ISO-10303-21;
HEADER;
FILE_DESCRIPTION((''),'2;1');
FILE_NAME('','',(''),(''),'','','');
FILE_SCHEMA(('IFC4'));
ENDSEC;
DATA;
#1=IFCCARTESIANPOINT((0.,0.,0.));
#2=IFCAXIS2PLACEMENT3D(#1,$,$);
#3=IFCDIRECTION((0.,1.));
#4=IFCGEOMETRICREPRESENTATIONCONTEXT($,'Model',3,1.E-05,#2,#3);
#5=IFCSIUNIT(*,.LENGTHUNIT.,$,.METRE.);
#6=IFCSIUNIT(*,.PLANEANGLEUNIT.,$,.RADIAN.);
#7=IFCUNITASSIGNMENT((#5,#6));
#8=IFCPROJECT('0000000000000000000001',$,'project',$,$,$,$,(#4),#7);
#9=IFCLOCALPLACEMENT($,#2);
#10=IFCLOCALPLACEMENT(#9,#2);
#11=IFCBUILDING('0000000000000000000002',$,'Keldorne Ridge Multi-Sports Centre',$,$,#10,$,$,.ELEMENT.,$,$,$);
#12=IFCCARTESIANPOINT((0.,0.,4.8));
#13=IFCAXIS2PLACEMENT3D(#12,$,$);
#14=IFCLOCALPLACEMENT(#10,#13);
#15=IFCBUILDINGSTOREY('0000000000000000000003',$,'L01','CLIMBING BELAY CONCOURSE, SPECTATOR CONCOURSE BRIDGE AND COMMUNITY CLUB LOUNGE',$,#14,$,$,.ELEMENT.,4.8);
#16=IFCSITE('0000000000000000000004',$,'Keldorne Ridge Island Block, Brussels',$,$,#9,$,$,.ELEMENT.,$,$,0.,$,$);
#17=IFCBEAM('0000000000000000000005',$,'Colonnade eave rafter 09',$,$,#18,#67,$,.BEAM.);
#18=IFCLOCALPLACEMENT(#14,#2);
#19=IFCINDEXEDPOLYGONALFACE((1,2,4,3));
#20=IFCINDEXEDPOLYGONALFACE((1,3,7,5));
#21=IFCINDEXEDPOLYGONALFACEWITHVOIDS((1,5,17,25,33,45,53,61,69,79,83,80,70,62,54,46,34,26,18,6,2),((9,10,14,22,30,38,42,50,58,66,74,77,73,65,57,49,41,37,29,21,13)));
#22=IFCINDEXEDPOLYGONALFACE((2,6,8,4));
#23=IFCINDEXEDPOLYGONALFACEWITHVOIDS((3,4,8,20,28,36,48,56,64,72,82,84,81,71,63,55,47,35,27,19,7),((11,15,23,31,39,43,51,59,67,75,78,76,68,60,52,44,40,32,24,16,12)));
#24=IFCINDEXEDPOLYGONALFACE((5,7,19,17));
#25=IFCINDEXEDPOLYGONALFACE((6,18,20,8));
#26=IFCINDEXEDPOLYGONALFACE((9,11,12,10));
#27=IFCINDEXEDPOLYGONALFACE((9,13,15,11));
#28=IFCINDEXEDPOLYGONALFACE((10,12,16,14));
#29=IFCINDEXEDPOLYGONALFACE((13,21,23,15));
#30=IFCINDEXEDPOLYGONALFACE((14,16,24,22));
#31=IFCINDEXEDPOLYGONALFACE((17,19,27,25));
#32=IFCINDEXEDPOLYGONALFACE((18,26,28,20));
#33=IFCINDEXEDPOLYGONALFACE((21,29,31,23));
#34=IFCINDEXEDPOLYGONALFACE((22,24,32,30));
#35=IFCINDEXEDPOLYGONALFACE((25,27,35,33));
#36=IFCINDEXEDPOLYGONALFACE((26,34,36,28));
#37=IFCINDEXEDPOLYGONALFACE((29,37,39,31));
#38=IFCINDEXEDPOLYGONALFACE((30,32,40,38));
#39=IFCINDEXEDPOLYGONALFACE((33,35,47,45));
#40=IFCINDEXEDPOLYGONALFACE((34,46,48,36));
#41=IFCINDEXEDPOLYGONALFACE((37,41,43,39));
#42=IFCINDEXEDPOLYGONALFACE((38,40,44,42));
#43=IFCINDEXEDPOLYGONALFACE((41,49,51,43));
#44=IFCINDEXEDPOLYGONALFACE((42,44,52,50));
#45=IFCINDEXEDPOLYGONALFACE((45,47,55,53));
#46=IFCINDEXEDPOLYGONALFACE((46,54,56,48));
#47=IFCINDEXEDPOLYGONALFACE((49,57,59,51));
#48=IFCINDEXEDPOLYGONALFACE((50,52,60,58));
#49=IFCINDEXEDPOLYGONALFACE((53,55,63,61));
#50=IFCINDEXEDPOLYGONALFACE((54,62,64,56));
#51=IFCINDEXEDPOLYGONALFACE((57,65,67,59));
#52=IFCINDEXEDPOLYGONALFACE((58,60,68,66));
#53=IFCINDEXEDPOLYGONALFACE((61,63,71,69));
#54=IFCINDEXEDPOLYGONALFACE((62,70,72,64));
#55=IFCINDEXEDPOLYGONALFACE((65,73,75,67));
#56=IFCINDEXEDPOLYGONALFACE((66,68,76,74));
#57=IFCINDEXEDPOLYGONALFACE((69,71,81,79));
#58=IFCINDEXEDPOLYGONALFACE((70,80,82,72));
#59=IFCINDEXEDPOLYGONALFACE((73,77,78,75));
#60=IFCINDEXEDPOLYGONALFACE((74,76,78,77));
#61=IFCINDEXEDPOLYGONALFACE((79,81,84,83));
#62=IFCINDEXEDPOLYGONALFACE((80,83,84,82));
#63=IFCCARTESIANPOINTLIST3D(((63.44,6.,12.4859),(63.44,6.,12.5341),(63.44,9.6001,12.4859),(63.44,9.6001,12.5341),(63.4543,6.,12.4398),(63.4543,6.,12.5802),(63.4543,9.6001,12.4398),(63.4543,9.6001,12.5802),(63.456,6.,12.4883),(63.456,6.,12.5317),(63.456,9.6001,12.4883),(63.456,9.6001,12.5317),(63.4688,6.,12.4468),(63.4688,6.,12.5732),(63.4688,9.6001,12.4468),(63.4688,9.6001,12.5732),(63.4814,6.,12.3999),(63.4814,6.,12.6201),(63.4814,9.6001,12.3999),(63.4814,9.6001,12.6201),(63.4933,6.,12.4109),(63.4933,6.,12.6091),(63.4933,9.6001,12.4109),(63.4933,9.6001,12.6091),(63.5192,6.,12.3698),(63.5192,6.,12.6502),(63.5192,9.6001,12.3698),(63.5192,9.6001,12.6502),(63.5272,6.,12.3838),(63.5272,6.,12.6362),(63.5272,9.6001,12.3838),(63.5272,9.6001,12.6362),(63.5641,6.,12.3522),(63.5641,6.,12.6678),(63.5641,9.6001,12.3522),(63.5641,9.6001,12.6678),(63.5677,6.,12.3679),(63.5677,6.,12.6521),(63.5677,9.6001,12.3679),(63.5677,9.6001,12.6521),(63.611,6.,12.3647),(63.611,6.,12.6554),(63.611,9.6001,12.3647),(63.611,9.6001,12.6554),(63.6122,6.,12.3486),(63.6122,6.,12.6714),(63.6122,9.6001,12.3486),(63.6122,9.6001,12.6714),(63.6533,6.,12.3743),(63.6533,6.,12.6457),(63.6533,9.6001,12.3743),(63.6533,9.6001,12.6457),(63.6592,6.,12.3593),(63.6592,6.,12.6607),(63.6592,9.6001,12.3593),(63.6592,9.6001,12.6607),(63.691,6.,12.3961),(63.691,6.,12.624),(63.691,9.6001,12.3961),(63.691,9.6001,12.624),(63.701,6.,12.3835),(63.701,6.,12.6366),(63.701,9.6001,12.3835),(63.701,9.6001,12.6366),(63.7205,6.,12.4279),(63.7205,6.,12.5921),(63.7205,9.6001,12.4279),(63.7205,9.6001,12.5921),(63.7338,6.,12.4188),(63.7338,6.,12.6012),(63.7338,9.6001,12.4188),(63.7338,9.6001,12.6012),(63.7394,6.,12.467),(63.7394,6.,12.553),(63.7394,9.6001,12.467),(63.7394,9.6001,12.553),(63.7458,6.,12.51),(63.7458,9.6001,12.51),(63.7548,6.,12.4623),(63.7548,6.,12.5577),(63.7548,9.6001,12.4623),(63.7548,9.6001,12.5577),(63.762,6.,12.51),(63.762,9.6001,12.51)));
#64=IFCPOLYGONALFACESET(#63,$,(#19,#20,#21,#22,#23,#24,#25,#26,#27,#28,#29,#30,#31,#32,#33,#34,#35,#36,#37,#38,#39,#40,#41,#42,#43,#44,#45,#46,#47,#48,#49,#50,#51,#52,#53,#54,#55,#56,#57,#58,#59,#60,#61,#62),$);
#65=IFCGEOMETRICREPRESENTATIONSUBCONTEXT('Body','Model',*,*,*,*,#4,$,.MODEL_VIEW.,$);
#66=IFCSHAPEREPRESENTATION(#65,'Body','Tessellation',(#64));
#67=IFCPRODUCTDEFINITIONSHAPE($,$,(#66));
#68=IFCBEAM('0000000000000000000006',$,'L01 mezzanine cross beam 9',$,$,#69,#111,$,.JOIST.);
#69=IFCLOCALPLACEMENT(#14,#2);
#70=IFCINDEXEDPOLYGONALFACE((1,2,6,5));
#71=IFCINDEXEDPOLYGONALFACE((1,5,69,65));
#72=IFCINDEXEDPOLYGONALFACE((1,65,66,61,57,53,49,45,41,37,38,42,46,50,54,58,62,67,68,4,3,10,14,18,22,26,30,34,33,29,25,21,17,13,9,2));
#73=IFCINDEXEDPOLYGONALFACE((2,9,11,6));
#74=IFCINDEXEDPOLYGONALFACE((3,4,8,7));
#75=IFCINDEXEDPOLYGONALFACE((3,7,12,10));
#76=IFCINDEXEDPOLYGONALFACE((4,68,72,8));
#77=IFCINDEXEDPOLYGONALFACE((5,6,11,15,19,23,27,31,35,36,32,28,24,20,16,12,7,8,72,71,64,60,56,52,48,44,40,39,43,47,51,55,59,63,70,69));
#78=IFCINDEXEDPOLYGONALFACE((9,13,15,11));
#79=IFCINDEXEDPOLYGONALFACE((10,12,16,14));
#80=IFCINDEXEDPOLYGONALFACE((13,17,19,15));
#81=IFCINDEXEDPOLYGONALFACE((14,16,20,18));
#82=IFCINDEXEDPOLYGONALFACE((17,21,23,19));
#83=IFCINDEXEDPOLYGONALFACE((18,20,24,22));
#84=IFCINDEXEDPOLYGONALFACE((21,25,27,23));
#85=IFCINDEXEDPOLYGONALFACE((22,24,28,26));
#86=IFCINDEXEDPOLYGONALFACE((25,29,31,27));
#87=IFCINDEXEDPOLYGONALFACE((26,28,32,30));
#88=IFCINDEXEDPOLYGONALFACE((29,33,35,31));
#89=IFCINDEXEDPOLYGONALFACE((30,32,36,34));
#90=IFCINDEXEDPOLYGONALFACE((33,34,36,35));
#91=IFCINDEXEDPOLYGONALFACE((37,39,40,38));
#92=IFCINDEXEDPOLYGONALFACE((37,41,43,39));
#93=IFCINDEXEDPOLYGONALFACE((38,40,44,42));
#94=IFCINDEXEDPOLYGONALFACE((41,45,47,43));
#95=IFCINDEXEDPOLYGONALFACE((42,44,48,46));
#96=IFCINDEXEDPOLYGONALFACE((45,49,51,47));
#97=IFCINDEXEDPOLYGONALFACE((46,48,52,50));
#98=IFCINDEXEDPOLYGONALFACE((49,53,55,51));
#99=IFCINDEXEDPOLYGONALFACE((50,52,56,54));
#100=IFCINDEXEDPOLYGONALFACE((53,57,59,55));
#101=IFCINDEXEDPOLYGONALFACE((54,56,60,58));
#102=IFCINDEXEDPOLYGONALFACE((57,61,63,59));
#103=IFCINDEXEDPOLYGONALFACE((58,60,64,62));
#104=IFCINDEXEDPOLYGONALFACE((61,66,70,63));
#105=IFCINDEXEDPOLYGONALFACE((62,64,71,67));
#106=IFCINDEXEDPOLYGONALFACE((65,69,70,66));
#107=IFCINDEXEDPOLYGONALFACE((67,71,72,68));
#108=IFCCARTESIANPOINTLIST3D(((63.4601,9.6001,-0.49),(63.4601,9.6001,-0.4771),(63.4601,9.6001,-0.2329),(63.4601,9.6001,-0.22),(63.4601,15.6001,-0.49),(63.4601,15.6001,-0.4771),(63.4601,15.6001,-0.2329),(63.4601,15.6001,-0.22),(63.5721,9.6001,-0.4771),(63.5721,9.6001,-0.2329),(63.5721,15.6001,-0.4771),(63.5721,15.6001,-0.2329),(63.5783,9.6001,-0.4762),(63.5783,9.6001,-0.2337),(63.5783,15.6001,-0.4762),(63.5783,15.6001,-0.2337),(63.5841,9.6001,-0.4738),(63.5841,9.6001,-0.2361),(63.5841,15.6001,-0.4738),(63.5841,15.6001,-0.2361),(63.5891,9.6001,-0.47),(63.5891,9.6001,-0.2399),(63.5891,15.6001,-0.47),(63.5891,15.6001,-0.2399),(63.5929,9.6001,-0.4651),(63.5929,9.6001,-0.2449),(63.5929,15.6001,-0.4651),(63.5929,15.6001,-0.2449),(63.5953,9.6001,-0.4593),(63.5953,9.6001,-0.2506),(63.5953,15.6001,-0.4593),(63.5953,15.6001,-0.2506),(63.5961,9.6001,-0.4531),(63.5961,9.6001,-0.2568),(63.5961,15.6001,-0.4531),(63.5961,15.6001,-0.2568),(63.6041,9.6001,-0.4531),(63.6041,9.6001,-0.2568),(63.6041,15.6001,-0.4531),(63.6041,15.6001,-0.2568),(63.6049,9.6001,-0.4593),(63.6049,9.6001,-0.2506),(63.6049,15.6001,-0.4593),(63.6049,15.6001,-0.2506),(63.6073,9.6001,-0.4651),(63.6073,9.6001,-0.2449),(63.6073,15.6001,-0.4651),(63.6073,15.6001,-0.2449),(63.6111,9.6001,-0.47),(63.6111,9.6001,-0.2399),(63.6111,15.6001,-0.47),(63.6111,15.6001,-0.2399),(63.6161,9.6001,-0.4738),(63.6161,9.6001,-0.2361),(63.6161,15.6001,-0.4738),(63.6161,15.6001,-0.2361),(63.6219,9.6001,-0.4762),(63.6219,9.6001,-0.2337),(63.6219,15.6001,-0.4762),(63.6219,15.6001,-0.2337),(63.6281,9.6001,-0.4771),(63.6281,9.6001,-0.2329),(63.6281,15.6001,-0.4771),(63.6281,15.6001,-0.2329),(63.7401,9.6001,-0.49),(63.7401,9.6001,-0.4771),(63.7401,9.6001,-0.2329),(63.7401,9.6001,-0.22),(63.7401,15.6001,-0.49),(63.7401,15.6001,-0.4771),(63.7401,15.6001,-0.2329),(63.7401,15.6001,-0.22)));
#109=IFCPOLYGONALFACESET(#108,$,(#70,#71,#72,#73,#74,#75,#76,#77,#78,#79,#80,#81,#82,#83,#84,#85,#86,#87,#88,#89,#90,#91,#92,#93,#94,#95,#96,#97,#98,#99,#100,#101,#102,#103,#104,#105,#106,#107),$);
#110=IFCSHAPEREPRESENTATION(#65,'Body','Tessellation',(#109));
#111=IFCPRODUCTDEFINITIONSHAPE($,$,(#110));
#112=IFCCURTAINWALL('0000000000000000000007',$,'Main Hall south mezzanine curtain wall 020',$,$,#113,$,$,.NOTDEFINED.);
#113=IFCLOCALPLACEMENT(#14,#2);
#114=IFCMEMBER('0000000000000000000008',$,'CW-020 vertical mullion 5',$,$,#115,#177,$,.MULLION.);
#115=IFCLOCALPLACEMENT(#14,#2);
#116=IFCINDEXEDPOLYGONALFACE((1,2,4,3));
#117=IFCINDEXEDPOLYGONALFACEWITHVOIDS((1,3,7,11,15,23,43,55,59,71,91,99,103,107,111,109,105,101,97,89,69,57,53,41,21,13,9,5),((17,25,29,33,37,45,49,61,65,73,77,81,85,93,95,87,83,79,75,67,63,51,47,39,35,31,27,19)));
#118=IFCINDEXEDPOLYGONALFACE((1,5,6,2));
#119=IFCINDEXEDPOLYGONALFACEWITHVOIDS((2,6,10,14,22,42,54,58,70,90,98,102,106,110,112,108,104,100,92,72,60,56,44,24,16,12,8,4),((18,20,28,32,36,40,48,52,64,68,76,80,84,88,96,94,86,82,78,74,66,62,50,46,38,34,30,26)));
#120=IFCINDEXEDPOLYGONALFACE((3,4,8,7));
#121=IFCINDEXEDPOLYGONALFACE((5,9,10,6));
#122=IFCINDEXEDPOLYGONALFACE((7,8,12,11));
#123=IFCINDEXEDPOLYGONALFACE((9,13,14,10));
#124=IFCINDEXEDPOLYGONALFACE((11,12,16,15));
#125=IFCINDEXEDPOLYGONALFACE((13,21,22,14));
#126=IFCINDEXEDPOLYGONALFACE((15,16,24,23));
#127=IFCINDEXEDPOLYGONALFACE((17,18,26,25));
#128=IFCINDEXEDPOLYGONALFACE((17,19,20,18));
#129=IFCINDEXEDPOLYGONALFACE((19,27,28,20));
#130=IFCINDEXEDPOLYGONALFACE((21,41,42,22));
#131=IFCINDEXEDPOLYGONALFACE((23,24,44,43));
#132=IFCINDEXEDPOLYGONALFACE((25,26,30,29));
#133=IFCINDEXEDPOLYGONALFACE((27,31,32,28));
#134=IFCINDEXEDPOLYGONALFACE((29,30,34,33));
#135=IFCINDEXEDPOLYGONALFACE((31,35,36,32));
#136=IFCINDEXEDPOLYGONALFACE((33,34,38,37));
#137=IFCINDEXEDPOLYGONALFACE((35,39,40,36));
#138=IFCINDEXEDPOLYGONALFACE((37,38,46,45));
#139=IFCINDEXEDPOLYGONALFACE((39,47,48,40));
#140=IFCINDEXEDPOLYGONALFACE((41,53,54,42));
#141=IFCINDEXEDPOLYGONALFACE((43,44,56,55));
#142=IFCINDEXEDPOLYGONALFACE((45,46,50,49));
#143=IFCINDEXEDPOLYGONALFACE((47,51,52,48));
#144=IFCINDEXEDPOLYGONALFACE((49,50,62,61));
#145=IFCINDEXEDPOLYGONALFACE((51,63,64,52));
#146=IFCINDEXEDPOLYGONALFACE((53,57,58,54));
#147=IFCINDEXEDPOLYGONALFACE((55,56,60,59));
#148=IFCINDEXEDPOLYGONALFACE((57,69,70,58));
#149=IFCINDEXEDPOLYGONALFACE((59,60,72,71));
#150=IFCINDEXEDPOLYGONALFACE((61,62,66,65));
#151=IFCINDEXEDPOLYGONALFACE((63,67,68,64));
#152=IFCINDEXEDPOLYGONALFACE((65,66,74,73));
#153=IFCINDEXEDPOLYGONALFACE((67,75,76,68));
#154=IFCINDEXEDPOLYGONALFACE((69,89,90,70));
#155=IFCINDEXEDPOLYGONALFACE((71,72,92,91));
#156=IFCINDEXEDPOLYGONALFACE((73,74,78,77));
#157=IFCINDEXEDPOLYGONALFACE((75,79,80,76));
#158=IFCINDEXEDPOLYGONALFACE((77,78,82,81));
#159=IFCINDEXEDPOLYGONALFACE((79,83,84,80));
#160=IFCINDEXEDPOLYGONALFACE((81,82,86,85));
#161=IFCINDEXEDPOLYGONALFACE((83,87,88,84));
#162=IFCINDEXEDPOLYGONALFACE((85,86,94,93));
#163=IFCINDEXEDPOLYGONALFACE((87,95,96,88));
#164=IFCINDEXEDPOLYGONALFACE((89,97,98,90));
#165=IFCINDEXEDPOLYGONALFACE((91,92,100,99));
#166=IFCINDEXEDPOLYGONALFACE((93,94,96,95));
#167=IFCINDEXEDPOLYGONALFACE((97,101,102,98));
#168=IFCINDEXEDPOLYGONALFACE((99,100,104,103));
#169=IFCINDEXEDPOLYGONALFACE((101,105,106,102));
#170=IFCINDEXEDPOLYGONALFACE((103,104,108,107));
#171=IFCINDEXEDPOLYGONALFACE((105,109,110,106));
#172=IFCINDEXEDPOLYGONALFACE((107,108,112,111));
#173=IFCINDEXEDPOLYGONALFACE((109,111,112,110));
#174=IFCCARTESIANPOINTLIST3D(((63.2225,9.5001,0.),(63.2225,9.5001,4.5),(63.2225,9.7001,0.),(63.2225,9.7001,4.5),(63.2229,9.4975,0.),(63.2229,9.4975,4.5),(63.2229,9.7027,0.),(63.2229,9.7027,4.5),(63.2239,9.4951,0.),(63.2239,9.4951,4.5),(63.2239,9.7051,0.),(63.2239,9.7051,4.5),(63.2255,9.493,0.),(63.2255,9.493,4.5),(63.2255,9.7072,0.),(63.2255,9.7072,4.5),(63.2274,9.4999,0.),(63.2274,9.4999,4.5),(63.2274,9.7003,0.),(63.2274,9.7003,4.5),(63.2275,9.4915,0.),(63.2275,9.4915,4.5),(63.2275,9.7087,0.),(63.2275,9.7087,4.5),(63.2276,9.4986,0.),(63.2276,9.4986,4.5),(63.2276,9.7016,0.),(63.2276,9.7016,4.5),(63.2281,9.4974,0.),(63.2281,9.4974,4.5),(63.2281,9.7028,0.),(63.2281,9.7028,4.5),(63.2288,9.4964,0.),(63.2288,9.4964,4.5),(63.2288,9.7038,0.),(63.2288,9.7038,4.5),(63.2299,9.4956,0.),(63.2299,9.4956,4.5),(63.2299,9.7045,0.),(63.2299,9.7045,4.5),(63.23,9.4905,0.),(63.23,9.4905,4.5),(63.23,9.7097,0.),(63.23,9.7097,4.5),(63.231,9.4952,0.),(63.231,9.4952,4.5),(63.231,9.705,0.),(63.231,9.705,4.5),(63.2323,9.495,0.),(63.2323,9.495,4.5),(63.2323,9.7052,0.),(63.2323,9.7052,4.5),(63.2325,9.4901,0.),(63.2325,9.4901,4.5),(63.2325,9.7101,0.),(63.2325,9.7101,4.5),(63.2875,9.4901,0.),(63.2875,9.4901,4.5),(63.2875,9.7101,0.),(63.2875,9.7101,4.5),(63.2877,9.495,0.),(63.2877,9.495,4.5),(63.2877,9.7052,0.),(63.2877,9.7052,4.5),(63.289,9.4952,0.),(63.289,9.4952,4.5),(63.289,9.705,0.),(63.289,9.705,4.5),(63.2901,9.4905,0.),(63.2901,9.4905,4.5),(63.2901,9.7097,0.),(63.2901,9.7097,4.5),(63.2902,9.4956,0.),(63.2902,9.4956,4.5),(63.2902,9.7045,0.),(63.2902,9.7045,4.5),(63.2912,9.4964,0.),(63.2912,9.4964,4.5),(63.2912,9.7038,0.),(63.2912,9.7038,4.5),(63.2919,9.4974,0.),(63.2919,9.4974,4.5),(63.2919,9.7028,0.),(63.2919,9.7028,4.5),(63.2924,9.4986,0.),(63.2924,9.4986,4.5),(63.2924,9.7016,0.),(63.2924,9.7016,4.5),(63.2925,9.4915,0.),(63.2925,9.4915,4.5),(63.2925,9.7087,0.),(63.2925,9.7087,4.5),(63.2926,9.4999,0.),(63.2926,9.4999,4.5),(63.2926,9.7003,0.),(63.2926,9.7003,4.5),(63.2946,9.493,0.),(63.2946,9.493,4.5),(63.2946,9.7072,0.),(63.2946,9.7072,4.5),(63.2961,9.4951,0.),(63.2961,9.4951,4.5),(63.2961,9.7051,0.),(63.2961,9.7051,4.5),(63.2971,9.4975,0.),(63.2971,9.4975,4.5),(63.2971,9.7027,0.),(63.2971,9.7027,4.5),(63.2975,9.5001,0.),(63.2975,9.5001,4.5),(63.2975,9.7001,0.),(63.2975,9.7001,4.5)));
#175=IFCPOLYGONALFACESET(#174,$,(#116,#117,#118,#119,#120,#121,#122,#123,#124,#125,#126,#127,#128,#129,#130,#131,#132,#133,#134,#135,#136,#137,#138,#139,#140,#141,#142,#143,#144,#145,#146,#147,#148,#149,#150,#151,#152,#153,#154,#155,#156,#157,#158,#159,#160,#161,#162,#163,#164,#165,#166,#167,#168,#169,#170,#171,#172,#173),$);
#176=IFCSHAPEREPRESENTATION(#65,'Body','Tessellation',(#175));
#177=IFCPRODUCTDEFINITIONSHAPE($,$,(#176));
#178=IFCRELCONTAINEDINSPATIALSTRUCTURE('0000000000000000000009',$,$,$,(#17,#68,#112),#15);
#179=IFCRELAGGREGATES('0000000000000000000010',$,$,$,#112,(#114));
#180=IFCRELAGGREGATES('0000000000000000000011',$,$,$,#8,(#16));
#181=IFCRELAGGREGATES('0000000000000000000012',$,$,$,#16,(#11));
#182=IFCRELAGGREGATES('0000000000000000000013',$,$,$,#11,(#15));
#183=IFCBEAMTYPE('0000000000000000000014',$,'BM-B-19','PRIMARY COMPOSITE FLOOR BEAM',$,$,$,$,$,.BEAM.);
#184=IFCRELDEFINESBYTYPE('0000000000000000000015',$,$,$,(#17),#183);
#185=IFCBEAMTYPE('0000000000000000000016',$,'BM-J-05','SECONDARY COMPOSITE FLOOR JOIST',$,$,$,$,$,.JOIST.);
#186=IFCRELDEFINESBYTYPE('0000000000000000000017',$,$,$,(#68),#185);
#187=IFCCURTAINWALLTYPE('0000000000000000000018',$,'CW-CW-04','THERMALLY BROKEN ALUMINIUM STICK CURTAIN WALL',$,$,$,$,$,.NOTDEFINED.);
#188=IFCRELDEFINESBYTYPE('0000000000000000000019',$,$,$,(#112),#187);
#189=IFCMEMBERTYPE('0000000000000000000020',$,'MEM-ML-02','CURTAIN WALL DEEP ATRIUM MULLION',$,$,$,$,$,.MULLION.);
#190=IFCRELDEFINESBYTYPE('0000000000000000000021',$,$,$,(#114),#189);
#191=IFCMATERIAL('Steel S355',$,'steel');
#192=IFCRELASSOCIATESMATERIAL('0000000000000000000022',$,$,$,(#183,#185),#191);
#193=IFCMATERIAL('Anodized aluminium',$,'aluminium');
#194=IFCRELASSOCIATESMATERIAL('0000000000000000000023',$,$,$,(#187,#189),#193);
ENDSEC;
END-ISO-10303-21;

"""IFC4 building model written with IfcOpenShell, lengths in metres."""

from ifc_helpers import new_model, si_unit, direction, frame, origin, origin_2d, place, context, subcontext, project, spatial, hollow_rectangle, hollow_circle, i_section, extrude, material, material_profile, profile_set, type_object, element, aggregate, save


model = new_model("IFC4")

# Units and contexts
model_context = context("Model", 3, precision=1e-05, world=origin(), true_north=direction((0.0, 1.0)))
body_context = subcontext(model_context, "Body", "Model", "MODEL_VIEW")
ifc_project = project(units=[si_unit("LENGTHUNIT", "METRE"), si_unit("PLANEANGLEUNIT", "RADIAN")], contexts=[model_context])

# Site, building, storey
site_placement = place(None, origin())
site = spatial("IfcSite", under=ifc_project, at=site_placement, Name="Keldorne Ridge Island Block, Brussels", CompositionType="ELEMENT", RefElevation=0.0)
building_placement = place(site_placement, origin())
building = spatial("IfcBuilding", under=site, at=building_placement, Name="Keldorne Ridge Multi-Sports Centre", CompositionType="ELEMENT")
storey_placement = place(building_placement, frame((0.0, 0.0, 4.8)))
storey = spatial("IfcBuildingStorey", under=building, at=storey_placement, Name="L01", Description="CLIMBING BELAY CONCOURSE, SPECTATOR CONCOURSE BRIDGE AND COMMUNITY CLUB LOUNGE", CompositionType="ELEMENT", Elevation=4.8)

# Shared definitions
ifc_material_1 = material(Name="Steel S355", Category="steel")

# Beams
ifc_material_profile_1 = material_profile(ifc_material_1, hollow_circle(Radius=0.1619, WallThickness=0.0161, at=origin_2d()), Name="CHS 323.9x16")
ifc_profile_set_1 = profile_set([ifc_material_profile_1], Name="Steel S355")
beam_type_1 = type_object("IfcBeamType", Name="BM-B-19", Description="PRIMARY COMPOSITE FLOOR BEAM", PredefinedType="BEAM", material=ifc_profile_set_1)
beam_1_placement = place(storey_placement, frame((63.6001, 9.6001, 12.51), z_axis=(0.0, -1.0, 0.0), x_axis=(1.0, 0.0, 0.0)))
element("IfcBeam", 1, at=beam_1_placement, inside=storey, type_object=beam_type_1, Name="Colonnade eave rafter 09", PredefinedType="BEAM", context=body_context, shape_type="SweptSolid", body=[
    extrude(hollow_circle(Radius=0.1619, WallThickness=0.0161, at=origin_2d()), origin(), (0.0, 0.0, 1.0), 3.6001),
])
ifc_material_profile_2 = material_profile(ifc_material_1, i_section(OverallWidth=0.28, OverallDepth=0.27, WebThickness=0.0081, FlangeThickness=0.0129, FilletRadius=0.0239, at=origin_2d()), Name="HEA 280")
ifc_profile_set_2 = profile_set([ifc_material_profile_2], Name="Steel S355")
beam_type_2 = type_object("IfcBeamType", Name="BM-J-05", Description="SECONDARY COMPOSITE FLOOR JOIST", PredefinedType="JOIST", material=ifc_profile_set_2)
beam_2_placement = place(storey_placement, frame((63.6001, 9.6001, -0.355), z_axis=(0.0, 1.0, 0.0), x_axis=(-1.0, 0.0, 0.0)))
element("IfcBeam", 2, at=beam_2_placement, inside=storey, type_object=beam_type_2, Name="L01 mezzanine cross beam 9", PredefinedType="JOIST", context=body_context, shape_type="SweptSolid", body=[
    extrude(i_section(OverallWidth=0.28, OverallDepth=0.27, WebThickness=0.0081, FlangeThickness=0.0129, FilletRadius=0.0239, at=origin_2d()), origin(), (0.0, 0.0, 1.0), 6.0),
])

# Curtain wall, member
ifc_material_2 = material(Name="Anodized aluminium", Category="aluminium")
curtain_wall_type_1 = type_object("IfcCurtainWallType", Name="CW-CW-04", Description="THERMALLY BROKEN ALUMINIUM STICK CURTAIN WALL", PredefinedType="NOTDEFINED", material=ifc_material_2)
curtain_wall_1_placement = place(storey_placement, origin())
curtain_wall_1 = element("IfcCurtainWall", 3, at=curtain_wall_1_placement, inside=storey, type_object=curtain_wall_type_1, Name="Main Hall south mezzanine curtain wall 020", PredefinedType="NOTDEFINED")
ifc_material_profile_3 = material_profile(ifc_material_2, hollow_rectangle(XDim=0.075, YDim=0.22, WallThickness=0.0049, InnerFilletRadius=0.0049, OuterFilletRadius=0.01, at=origin_2d()), Name="ALU MULLION 220x75x5")
ifc_profile_set_3 = profile_set([ifc_material_profile_3], Name="Anodized aluminium")
member_type_1 = type_object("IfcMemberType", Name="MEM-ML-02", Description="CURTAIN WALL DEEP ATRIUM MULLION", PredefinedType="MULLION", material=ifc_profile_set_3)
member_1_placement = place(storey_placement, frame((63.26, 9.6001, 0.0), z_axis=(0.0, 0.0, 1.0), x_axis=(1.0, 0.0, 0.0)))
member_1 = element("IfcMember", 4, at=member_1_placement, type_object=member_type_1, Name="CW-020 vertical mullion 5", PredefinedType="MULLION", context=body_context, shape_type="SweptSolid", body=[
    extrude(hollow_rectangle(XDim=0.075, YDim=0.22, WallThickness=0.0049, InnerFilletRadius=0.0049, OuterFilletRadius=0.01, at=origin_2d()), origin(), (0.0, 0.0, 1.0), 4.5),
])

aggregate(curtain_wall_1, [member_1])

save(model, "model.ifc")
